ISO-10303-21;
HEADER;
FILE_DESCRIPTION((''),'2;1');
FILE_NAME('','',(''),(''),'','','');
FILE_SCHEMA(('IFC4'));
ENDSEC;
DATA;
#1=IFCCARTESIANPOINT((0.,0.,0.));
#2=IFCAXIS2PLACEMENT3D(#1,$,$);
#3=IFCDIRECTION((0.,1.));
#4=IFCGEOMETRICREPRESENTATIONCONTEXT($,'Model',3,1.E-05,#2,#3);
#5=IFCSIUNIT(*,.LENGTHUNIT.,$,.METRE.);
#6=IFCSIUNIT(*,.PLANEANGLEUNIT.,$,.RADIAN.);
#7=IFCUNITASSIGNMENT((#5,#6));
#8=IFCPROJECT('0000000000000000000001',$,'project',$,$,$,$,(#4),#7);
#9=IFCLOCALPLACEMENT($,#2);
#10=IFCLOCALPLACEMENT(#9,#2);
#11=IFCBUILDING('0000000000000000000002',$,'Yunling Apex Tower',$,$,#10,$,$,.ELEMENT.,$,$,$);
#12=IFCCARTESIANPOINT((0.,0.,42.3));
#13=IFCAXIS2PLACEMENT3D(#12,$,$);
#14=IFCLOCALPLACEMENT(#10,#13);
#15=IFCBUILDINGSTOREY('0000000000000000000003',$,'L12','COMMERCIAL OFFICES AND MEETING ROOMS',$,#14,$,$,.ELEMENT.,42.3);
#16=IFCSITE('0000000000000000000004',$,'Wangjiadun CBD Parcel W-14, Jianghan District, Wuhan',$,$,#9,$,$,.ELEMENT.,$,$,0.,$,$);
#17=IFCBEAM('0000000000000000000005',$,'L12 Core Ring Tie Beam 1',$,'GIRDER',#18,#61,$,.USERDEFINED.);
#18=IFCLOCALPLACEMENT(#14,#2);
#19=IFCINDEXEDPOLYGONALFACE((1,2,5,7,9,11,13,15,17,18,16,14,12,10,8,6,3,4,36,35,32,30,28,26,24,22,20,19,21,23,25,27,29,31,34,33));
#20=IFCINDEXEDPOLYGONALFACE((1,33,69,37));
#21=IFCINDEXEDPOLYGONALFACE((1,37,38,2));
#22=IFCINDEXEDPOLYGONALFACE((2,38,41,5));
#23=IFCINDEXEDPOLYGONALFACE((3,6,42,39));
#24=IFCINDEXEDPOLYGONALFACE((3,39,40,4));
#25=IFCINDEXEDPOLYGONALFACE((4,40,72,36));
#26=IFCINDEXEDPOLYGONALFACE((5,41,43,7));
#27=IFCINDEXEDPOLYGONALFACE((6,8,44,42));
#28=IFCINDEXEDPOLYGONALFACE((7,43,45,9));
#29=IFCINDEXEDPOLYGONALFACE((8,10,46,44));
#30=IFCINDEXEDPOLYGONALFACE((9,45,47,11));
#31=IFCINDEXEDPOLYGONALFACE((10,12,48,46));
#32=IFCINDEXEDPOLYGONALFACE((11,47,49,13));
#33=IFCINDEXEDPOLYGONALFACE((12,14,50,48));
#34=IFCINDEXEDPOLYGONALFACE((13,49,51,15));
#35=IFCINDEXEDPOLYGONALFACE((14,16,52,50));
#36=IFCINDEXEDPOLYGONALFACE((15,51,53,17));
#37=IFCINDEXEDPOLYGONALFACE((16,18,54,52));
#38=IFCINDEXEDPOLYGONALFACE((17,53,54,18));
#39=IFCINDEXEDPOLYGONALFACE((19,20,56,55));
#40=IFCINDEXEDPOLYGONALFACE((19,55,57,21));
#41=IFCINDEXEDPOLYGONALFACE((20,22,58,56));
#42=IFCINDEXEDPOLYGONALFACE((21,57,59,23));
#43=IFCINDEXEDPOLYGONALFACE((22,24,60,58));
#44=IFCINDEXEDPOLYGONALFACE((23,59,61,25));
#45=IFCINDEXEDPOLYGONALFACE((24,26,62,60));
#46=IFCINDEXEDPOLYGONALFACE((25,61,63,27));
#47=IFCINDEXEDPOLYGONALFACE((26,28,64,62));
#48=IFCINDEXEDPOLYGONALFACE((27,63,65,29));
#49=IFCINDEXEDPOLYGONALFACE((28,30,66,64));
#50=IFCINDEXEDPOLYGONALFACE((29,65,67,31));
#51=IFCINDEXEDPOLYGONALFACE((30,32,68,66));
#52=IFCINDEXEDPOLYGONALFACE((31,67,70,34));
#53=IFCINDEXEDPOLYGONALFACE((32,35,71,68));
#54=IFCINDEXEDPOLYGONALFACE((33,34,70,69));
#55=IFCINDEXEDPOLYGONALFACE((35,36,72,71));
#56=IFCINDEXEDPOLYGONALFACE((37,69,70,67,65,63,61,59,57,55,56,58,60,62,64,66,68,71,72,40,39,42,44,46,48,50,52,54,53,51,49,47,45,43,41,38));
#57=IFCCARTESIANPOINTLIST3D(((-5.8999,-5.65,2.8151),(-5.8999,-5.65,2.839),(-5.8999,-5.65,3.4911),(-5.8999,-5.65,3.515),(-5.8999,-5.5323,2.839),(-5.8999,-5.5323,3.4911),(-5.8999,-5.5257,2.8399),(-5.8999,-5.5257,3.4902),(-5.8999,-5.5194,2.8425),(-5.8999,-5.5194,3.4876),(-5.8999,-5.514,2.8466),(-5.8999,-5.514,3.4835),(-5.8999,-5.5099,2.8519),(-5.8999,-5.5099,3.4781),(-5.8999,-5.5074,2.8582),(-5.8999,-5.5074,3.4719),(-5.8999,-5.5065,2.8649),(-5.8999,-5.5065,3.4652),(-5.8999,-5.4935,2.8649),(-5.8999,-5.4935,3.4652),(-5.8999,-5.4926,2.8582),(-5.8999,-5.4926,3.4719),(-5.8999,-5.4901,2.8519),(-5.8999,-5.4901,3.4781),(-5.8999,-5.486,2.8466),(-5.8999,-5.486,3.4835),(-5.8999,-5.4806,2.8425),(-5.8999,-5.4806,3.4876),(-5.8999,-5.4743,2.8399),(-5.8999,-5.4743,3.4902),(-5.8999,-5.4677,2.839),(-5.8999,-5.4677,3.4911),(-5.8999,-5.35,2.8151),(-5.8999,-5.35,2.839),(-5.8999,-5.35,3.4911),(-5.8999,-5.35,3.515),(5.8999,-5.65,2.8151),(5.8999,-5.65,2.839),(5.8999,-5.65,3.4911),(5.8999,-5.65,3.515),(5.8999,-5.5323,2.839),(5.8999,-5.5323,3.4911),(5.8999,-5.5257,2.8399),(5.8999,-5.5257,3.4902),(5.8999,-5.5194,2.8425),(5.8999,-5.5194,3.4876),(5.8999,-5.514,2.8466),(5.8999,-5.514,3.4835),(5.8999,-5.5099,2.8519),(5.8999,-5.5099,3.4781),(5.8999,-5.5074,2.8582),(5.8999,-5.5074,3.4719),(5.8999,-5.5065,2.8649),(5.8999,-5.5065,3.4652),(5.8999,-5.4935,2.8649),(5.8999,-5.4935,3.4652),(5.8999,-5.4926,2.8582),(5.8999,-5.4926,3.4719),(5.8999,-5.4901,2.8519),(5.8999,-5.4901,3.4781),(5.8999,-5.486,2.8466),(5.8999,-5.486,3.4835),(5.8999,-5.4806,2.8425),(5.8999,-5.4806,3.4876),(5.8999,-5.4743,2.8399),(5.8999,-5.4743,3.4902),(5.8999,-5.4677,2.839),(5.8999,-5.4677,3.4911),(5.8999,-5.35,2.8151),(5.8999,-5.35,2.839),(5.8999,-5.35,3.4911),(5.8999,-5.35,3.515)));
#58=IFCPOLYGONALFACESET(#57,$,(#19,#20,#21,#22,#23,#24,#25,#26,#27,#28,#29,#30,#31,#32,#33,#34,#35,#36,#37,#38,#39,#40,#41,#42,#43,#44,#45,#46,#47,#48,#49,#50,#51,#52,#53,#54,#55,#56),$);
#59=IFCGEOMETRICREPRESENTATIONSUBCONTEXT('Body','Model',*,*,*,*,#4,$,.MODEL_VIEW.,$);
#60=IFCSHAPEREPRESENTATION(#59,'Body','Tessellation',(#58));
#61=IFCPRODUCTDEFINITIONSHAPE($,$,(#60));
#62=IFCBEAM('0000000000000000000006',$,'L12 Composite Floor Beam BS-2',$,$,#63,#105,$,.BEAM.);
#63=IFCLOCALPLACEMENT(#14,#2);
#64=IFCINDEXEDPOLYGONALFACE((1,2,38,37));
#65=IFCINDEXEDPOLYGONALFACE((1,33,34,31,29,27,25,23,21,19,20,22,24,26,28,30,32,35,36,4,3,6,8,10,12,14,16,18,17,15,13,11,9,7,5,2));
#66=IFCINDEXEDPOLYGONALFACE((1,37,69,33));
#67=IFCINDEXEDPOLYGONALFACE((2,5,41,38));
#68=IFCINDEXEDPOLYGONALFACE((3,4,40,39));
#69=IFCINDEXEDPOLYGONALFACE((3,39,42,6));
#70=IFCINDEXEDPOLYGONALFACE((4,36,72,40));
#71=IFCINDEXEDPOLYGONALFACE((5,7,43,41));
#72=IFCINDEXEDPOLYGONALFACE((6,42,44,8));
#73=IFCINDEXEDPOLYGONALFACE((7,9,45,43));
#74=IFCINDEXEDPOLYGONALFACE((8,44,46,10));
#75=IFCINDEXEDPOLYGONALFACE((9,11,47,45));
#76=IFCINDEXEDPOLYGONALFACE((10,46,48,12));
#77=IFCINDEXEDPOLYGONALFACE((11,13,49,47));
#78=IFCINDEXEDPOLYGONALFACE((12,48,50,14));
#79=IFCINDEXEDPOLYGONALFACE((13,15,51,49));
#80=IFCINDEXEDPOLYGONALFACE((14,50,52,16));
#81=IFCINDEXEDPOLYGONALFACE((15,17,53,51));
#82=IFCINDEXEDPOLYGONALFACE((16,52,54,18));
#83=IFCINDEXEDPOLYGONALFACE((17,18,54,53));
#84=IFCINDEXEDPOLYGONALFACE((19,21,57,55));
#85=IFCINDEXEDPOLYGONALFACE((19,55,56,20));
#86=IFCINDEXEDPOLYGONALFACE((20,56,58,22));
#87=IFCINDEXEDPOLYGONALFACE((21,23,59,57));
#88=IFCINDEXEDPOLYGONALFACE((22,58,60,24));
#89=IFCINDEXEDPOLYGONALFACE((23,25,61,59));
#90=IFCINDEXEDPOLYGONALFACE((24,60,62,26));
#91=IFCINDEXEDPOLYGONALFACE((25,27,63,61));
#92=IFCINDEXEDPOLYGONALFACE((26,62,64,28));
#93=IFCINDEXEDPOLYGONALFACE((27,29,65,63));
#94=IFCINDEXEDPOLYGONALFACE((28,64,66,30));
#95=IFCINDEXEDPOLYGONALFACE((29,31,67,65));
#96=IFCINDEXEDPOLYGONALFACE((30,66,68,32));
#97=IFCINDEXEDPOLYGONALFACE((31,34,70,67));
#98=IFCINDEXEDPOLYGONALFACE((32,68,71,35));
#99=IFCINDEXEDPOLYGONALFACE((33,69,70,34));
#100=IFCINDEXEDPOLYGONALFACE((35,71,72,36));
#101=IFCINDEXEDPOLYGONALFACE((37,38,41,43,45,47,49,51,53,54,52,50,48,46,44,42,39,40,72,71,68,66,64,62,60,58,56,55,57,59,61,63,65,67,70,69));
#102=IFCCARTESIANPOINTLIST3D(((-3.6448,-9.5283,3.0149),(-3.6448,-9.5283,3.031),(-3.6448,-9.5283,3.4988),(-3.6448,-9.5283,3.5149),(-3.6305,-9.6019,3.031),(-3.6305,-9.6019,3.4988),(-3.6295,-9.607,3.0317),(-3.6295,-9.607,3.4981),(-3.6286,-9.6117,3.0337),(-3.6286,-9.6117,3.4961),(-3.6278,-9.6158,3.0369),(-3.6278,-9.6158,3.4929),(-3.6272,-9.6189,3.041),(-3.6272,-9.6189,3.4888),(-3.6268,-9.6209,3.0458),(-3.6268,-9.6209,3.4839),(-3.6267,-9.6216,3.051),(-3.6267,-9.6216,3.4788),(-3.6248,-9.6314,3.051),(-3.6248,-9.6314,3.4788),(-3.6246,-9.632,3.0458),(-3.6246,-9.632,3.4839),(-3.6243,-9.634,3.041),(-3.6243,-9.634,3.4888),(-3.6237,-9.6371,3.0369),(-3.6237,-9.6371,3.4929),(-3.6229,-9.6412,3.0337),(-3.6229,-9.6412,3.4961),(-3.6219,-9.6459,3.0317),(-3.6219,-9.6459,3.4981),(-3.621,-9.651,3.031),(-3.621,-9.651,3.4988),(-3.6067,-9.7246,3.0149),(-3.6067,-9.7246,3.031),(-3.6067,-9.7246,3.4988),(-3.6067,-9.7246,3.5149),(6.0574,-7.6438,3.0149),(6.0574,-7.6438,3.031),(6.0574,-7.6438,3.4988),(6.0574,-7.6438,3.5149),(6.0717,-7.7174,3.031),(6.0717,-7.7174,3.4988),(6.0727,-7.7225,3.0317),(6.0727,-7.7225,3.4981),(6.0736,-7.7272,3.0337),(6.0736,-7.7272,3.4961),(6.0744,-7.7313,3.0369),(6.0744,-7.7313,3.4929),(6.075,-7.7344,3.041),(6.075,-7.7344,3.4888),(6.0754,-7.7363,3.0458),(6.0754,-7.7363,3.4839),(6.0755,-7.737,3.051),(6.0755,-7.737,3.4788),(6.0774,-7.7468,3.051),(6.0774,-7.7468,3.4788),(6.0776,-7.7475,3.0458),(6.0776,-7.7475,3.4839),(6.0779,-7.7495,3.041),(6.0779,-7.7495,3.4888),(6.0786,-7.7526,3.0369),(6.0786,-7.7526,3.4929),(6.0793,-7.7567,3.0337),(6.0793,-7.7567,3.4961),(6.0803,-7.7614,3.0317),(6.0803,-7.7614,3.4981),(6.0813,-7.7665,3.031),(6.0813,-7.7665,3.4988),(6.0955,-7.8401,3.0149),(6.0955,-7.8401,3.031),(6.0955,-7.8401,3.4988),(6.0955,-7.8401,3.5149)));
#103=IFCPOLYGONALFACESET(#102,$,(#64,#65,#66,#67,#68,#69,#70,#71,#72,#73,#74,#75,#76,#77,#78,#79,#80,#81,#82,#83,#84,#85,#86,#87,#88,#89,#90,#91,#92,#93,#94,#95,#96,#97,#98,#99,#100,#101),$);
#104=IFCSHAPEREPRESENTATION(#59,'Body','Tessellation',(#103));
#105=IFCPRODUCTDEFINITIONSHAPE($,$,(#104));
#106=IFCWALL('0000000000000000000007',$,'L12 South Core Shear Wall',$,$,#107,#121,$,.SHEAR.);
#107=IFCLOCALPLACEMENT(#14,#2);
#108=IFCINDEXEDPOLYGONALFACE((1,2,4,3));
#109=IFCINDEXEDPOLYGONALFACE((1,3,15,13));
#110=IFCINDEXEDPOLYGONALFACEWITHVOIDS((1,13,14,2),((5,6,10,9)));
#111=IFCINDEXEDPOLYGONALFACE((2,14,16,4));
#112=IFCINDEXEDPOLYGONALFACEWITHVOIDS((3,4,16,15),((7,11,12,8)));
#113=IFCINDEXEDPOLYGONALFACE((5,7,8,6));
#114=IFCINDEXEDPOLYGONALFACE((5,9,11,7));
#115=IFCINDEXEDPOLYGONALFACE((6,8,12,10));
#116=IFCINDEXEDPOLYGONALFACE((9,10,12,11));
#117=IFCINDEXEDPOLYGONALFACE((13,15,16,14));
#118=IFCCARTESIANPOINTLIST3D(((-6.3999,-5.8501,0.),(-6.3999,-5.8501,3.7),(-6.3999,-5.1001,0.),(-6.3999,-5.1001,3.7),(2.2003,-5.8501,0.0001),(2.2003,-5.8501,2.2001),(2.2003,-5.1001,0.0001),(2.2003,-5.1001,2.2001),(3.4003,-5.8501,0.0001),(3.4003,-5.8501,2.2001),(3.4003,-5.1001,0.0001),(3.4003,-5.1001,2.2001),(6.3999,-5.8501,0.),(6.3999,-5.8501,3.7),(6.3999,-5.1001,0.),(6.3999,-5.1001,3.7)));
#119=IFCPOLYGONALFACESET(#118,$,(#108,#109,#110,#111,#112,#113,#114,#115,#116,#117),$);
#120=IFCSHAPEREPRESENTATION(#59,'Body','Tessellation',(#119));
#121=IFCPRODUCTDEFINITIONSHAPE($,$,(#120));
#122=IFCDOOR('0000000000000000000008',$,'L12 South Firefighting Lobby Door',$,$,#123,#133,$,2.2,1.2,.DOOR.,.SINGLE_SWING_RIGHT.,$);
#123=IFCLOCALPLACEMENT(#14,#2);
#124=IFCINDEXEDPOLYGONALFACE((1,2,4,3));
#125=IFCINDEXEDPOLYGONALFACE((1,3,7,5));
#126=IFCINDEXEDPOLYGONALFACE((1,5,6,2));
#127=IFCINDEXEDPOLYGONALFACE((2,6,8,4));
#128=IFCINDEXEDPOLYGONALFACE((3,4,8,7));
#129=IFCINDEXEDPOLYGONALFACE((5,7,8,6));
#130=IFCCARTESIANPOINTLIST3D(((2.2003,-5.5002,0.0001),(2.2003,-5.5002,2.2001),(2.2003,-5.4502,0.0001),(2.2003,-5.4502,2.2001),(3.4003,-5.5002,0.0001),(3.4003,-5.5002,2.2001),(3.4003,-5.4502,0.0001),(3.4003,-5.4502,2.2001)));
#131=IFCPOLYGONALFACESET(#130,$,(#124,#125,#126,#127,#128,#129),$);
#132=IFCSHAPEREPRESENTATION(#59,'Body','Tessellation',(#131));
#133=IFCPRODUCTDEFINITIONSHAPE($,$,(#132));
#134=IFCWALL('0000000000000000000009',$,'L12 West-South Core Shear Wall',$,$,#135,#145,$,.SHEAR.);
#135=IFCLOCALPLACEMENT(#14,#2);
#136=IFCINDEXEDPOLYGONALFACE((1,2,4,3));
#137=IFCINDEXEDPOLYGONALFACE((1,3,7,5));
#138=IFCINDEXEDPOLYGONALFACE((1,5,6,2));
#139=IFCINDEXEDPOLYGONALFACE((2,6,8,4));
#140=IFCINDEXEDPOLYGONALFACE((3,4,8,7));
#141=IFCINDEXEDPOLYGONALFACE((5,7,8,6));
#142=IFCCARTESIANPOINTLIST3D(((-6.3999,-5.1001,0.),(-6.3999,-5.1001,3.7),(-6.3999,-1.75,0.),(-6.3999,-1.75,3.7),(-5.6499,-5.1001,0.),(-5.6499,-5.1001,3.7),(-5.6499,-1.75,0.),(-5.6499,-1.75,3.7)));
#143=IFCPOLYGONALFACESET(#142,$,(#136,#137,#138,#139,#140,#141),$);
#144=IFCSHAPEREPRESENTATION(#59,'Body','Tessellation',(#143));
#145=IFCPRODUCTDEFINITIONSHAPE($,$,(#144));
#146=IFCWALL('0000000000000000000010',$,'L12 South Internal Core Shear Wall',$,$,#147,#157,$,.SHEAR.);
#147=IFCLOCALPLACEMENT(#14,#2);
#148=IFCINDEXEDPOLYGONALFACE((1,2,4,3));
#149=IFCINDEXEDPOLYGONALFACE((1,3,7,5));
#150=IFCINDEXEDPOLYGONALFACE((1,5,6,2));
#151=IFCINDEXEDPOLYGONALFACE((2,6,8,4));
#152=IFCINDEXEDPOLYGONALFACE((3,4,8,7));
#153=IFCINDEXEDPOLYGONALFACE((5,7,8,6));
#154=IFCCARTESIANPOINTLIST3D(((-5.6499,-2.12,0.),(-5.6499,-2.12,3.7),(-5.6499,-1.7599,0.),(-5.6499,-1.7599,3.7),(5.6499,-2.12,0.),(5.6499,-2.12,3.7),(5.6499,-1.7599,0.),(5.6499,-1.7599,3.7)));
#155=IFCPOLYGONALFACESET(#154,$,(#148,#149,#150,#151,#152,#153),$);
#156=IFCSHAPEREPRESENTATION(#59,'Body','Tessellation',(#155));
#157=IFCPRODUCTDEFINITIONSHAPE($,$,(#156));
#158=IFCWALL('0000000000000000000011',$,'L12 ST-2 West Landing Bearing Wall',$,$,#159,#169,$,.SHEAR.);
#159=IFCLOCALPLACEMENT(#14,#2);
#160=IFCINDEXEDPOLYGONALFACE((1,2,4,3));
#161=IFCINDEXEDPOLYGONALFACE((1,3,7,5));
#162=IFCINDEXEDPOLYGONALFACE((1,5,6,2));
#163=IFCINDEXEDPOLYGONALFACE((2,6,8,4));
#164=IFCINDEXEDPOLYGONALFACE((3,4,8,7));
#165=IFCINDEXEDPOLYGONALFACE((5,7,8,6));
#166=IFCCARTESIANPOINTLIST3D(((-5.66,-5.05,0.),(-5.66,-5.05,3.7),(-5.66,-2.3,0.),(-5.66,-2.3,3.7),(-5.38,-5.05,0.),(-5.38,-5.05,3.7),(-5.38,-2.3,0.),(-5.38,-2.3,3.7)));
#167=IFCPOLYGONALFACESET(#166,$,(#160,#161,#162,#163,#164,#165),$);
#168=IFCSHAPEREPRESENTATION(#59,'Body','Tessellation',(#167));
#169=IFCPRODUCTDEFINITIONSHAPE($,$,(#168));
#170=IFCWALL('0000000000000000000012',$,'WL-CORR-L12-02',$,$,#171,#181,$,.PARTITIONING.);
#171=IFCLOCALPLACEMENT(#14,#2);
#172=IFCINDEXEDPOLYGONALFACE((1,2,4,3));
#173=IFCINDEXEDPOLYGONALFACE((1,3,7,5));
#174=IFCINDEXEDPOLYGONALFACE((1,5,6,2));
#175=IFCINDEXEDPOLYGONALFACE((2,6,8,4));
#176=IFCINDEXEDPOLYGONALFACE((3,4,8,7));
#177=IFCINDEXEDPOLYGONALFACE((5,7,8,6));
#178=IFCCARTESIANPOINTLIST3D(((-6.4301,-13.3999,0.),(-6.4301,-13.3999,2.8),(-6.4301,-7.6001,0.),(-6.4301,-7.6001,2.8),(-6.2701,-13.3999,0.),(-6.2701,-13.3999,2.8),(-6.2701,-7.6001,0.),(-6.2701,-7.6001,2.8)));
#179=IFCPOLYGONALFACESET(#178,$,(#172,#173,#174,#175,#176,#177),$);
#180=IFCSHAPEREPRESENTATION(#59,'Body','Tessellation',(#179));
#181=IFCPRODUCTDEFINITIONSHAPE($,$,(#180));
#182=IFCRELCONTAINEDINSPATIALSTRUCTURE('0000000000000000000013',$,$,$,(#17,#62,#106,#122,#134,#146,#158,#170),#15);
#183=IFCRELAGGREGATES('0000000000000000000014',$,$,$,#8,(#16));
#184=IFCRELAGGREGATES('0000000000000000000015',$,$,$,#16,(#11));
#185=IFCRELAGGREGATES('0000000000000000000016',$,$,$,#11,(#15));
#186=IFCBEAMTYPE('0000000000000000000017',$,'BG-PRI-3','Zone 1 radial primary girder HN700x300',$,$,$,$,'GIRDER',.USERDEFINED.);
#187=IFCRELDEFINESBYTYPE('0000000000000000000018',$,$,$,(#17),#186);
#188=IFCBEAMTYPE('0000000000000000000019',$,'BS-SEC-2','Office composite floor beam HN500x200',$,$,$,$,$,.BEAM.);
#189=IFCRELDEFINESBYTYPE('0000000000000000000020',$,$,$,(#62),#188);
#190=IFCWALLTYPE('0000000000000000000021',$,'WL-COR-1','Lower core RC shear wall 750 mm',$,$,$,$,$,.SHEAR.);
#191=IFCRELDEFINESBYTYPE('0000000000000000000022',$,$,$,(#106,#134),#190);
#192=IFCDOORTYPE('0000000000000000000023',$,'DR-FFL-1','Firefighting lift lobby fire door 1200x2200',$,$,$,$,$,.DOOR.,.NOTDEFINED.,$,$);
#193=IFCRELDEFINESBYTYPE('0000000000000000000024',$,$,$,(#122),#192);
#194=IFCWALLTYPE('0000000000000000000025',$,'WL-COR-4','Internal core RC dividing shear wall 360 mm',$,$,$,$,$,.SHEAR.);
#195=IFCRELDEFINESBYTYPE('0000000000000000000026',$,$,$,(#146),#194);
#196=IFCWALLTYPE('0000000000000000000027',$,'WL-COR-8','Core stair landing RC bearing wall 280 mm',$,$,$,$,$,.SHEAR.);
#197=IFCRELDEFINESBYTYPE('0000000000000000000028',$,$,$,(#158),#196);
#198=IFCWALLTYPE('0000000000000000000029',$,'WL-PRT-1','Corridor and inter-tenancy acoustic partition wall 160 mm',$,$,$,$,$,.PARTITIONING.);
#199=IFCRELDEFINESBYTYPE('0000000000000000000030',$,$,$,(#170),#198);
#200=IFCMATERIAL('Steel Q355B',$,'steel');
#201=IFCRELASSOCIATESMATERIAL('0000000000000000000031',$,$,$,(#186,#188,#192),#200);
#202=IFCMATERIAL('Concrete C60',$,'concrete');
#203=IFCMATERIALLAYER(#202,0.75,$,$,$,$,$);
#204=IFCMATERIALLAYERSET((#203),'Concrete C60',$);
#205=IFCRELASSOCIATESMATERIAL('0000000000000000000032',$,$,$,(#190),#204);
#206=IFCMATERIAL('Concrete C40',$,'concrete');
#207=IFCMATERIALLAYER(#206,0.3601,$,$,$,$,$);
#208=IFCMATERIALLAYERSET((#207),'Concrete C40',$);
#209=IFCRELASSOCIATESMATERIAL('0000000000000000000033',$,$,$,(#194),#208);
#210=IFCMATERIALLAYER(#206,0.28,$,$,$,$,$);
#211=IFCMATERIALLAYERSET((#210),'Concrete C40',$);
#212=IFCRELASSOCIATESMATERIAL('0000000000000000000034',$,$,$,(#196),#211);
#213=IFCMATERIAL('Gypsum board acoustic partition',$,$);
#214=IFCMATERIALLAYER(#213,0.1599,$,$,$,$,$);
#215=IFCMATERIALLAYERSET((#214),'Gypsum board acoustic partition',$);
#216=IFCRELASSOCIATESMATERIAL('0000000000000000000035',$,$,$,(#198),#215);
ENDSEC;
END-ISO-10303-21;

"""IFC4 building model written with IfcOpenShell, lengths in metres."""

from ifc_helpers import new_model, si_unit, direction, frame, frame_2d, origin, origin_2d, place, context, subcontext, project, spatial, rectangle, i_section, extrude, source, transform, mapped, material, layer, layer_set, material_profile, profile_set, type_object, element, fill, save


model = new_model("IFC4")

# Units and contexts
model_context = context("Model", 3, precision=1e-05, world=origin(), true_north=direction((0.0, 1.0)))
body_context = subcontext(model_context, "Body", "Model", "MODEL_VIEW")
ifc_project = project(units=[si_unit("LENGTHUNIT", "METRE"), si_unit("PLANEANGLEUNIT", "RADIAN")], contexts=[model_context])

# Site, building, storey
site_placement = place(None, origin())
site = spatial("IfcSite", under=ifc_project, at=site_placement, Name="Wangjiadun CBD Parcel W-14, Jianghan District, Wuhan", CompositionType="ELEMENT", RefElevation=0.0)
building_placement = place(site_placement, origin())
building = spatial("IfcBuilding", under=site, at=building_placement, Name="Yunling Apex Tower", CompositionType="ELEMENT")
storey_placement = place(building_placement, frame((0.0, 0.0, 42.3)))
storey = spatial("IfcBuildingStorey", under=building, at=storey_placement, Name="L12", Description="COMMERCIAL OFFICES AND MEETING ROOMS", CompositionType="ELEMENT", Elevation=42.3)

# Shared definitions
ifc_material_1 = material(Name="Concrete C60", Category="concrete")

# Beams
ifc_material_2 = material(Name="Steel Q355B", Category="steel")
ifc_material_profile_1 = material_profile(ifc_material_2, i_section(OverallWidth=0.3, OverallDepth=0.7, WebThickness=0.0129, FlangeThickness=0.0239, FilletRadius=0.0259, at=origin_2d()))
ifc_profile_set_1 = profile_set([ifc_material_profile_1], Name="Steel Q355B")
beam_type_1 = type_object("IfcBeamType", Name="BG-PRI-3", Description="Zone 1 radial primary girder HN700x300", ElementType="GIRDER", PredefinedType="USERDEFINED", material=ifc_profile_set_1)
shared_shape_1 = source(origin(), body_context, "Body", "SweptSolid", [
    extrude(i_section(OverallWidth=0.3, OverallDepth=0.7, WebThickness=0.0129, FlangeThickness=0.0239, FilletRadius=0.0259, at=origin_2d()), origin(), (0.0, 0.0, 1.0), 11.7998),
])
beam_1_placement = place(storey_placement, frame((-5.8999, -5.5, 3.165), z_axis=(1.0, 0.0, 0.0), x_axis=(0.0, 1.0, 0.0)))
element("IfcBeam", 1, at=beam_1_placement, inside=storey, type_object=beam_type_1, Name="L12 Core Ring Tie Beam 1", ObjectType="GIRDER", PredefinedType="USERDEFINED", context=body_context, shape_type="MappedRepresentation", body=[
    mapped(shared_shape_1, transform((0.0, 0.0, 0.0), scale=1.0)),
])
ifc_material_profile_2 = material_profile(ifc_material_2, i_section(OverallWidth=0.2, OverallDepth=0.5, WebThickness=0.01, FlangeThickness=0.0161, FilletRadius=0.02, at=origin_2d()))
ifc_profile_set_2 = profile_set([ifc_material_profile_2], Name="Steel Q355B")
beam_type_2 = type_object("IfcBeamType", Name="BS-SEC-2", Description="Office composite floor beam HN500x200", PredefinedType="BEAM", material=ifc_profile_set_2)
shared_shape_2 = source(origin(), body_context, "Body", "SweptSolid", [
    extrude(i_section(OverallWidth=0.2, OverallDepth=0.5, WebThickness=0.01, FlangeThickness=0.0161, FilletRadius=0.02, at=origin_2d()), origin(), (0.0, 0.0, 1.0), 9.8835),
])
beam_2_placement = place(storey_placement, frame((-3.6257, -9.6265, 3.2649), z_axis=(0.981653, 0.190674, 0.0), x_axis=(-0.190674, 0.981653, 0.0)))
element("IfcBeam", 2, at=beam_2_placement, inside=storey, type_object=beam_type_2, Name="L12 Composite Floor Beam BS-2", PredefinedType="BEAM", context=body_context, shape_type="MappedRepresentation", body=[
    mapped(shared_shape_2, transform((0.0, 0.0, 0.0), scale=1.0)),
])

# Wall, opening, door
ifc_layer_1 = layer(ifc_material_1, 0.75)
ifc_layer_set_1 = layer_set([ifc_layer_1], Name="Concrete C60")
wall_type_1 = type_object("IfcWallType", Name="WL-COR-1", Description="Lower core RC shear wall 750 mm", PredefinedType="SHEAR", material=ifc_layer_set_1)
wall_1_placement = place(storey_placement, frame((-6.3999, -5.4751, 0.0), z_axis=(0.0, 0.0, 1.0), x_axis=(1.0, 0.0, 0.0)))
wall_1 = element("IfcWall", 3, at=wall_1_placement, inside=storey, type_object=wall_type_1, Name="L12 South Core Shear Wall", PredefinedType="SHEAR", context=body_context, shape_type="SweptSolid", body=[
    extrude(rectangle(XDim=12.7998, YDim=0.75, at=frame_2d((6.3999, 0.0))), origin(), (0.0, 0.0, 1.0), 3.7),
])
opening_1_placement = place(wall_1_placement, frame((8.6001, 0.0, 0.0)))
opening_1 = element("IfcOpeningElement", 4, at=opening_1_placement, cuts=wall_1, PredefinedType="OPENING", context=body_context, shape_type="SweptSolid", body=[
    extrude(rectangle(XDim=1.2, YDim=2.2, at=frame_2d((0.6001, 1.1001))), frame((0.0, 0.385, 0.0), z_axis=(0.0, -1.0, 0.0), x_axis=(1.0, 0.0, 0.0)), (0.0, 0.0, 1.0), 0.77),
])
door_type = type_object("IfcDoorType", Name="DR-FFL-1", Description="Firefighting lift lobby fire door 1200x2200", OperationType="NOTDEFINED", PredefinedType="DOOR", material=ifc_material_2)
door_1_placement = place(opening_1_placement, origin())
door_1 = element("IfcDoor", 5, at=door_1_placement, inside=storey, type_object=door_type, Name="L12 South Firefighting Lobby Door", OperationType="SINGLE_SWING_RIGHT", OverallHeight=2.2, OverallWidth=1.2, PredefinedType="DOOR", context=body_context, shape_type="SweptSolid", body=[
    extrude(rectangle(XDim=1.2, YDim=2.2, at=frame_2d((0.6001, 1.1001))), frame((0.0, 0.0249, 0.0), z_axis=(0.0, -1.0, 0.0), x_axis=(1.0, 0.0, 0.0)), (0.0, 0.0, 1.0), 0.05),
])
fill(opening_1, door_1)

# Walls
wall_2_placement = place(storey_placement, frame((-6.0249, -5.1001, 0.0), z_axis=(0.0, 0.0, 1.0), x_axis=(0.0, 1.0, 0.0)))
element("IfcWall", 6, at=wall_2_placement, inside=storey, type_object=wall_type_1, Name="L12 West-South Core Shear Wall", PredefinedType="SHEAR", context=body_context, shape_type="SweptSolid", body=[
    extrude(rectangle(XDim=3.3501, YDim=0.75, at=frame_2d((1.675, 0.0))), origin(), (0.0, 0.0, 1.0), 3.7),
])
ifc_material_3 = material(Name="Concrete C40", Category="concrete")
ifc_layer_2 = layer(ifc_material_3, 0.3601)
ifc_layer_set_2 = layer_set([ifc_layer_2], Name="Concrete C40")
wall_type_2 = type_object("IfcWallType", Name="WL-COR-4", Description="Internal core RC dividing shear wall 360 mm", PredefinedType="SHEAR", material=ifc_layer_set_2)
wall_3_placement = place(storey_placement, frame((-5.6499, -1.9399, 0.0), z_axis=(0.0, 0.0, 1.0), x_axis=(1.0, 0.0, 0.0)))
element("IfcWall", 7, at=wall_3_placement, inside=storey, type_object=wall_type_2, Name="L12 South Internal Core Shear Wall", PredefinedType="SHEAR", context=body_context, shape_type="SweptSolid", body=[
    extrude(rectangle(XDim=11.2998, YDim=0.3601, at=frame_2d((5.6499, 0.0))), origin(), (0.0, 0.0, 1.0), 3.7),
])
ifc_layer_3 = layer(ifc_material_3, 0.28)
ifc_layer_set_3 = layer_set([ifc_layer_3], Name="Concrete C40")
wall_type_3 = type_object("IfcWallType", Name="WL-COR-8", Description="Core stair landing RC bearing wall 280 mm", PredefinedType="SHEAR", material=ifc_layer_set_3)
wall_4_placement = place(storey_placement, frame((-5.52, -5.05, 0.0), z_axis=(0.0, 0.0, 1.0), x_axis=(0.0, 1.0, 0.0)))
element("IfcWall", 8, at=wall_4_placement, inside=storey, type_object=wall_type_3, Name="L12 ST-2 West Landing Bearing Wall", PredefinedType="SHEAR", context=body_context, shape_type="SweptSolid", body=[
    extrude(rectangle(XDim=2.75, YDim=0.28, at=frame_2d((1.375, 0.0))), origin(), (0.0, 0.0, 1.0), 3.7),
])
ifc_material_4 = material(Name="Gypsum board acoustic partition")
ifc_layer_4 = layer(ifc_material_4, 0.1599)
ifc_layer_set_4 = layer_set([ifc_layer_4], Name="Gypsum board acoustic partition")
wall_type_4 = type_object("IfcWallType", Name="WL-PRT-1", Description="Corridor and inter-tenancy acoustic partition wall 160 mm", PredefinedType="PARTITIONING", material=ifc_layer_set_4)
wall_5_placement = place(storey_placement, frame((-6.3501, -7.6001, 0.0), z_axis=(0.0, 0.0, 1.0), x_axis=(0.0, -1.0, 0.0)))
element("IfcWall", 9, at=wall_5_placement, inside=storey, type_object=wall_type_4, Name="WL-CORR-L12-02", PredefinedType="PARTITIONING", context=body_context, shape_type="SweptSolid", body=[
    extrude(rectangle(XDim=5.7998, YDim=0.1599, at=frame_2d((2.8999, 0.0))), origin(), (0.0, 0.0, 1.0), 2.8),
])

save(model, "model.ifc")
